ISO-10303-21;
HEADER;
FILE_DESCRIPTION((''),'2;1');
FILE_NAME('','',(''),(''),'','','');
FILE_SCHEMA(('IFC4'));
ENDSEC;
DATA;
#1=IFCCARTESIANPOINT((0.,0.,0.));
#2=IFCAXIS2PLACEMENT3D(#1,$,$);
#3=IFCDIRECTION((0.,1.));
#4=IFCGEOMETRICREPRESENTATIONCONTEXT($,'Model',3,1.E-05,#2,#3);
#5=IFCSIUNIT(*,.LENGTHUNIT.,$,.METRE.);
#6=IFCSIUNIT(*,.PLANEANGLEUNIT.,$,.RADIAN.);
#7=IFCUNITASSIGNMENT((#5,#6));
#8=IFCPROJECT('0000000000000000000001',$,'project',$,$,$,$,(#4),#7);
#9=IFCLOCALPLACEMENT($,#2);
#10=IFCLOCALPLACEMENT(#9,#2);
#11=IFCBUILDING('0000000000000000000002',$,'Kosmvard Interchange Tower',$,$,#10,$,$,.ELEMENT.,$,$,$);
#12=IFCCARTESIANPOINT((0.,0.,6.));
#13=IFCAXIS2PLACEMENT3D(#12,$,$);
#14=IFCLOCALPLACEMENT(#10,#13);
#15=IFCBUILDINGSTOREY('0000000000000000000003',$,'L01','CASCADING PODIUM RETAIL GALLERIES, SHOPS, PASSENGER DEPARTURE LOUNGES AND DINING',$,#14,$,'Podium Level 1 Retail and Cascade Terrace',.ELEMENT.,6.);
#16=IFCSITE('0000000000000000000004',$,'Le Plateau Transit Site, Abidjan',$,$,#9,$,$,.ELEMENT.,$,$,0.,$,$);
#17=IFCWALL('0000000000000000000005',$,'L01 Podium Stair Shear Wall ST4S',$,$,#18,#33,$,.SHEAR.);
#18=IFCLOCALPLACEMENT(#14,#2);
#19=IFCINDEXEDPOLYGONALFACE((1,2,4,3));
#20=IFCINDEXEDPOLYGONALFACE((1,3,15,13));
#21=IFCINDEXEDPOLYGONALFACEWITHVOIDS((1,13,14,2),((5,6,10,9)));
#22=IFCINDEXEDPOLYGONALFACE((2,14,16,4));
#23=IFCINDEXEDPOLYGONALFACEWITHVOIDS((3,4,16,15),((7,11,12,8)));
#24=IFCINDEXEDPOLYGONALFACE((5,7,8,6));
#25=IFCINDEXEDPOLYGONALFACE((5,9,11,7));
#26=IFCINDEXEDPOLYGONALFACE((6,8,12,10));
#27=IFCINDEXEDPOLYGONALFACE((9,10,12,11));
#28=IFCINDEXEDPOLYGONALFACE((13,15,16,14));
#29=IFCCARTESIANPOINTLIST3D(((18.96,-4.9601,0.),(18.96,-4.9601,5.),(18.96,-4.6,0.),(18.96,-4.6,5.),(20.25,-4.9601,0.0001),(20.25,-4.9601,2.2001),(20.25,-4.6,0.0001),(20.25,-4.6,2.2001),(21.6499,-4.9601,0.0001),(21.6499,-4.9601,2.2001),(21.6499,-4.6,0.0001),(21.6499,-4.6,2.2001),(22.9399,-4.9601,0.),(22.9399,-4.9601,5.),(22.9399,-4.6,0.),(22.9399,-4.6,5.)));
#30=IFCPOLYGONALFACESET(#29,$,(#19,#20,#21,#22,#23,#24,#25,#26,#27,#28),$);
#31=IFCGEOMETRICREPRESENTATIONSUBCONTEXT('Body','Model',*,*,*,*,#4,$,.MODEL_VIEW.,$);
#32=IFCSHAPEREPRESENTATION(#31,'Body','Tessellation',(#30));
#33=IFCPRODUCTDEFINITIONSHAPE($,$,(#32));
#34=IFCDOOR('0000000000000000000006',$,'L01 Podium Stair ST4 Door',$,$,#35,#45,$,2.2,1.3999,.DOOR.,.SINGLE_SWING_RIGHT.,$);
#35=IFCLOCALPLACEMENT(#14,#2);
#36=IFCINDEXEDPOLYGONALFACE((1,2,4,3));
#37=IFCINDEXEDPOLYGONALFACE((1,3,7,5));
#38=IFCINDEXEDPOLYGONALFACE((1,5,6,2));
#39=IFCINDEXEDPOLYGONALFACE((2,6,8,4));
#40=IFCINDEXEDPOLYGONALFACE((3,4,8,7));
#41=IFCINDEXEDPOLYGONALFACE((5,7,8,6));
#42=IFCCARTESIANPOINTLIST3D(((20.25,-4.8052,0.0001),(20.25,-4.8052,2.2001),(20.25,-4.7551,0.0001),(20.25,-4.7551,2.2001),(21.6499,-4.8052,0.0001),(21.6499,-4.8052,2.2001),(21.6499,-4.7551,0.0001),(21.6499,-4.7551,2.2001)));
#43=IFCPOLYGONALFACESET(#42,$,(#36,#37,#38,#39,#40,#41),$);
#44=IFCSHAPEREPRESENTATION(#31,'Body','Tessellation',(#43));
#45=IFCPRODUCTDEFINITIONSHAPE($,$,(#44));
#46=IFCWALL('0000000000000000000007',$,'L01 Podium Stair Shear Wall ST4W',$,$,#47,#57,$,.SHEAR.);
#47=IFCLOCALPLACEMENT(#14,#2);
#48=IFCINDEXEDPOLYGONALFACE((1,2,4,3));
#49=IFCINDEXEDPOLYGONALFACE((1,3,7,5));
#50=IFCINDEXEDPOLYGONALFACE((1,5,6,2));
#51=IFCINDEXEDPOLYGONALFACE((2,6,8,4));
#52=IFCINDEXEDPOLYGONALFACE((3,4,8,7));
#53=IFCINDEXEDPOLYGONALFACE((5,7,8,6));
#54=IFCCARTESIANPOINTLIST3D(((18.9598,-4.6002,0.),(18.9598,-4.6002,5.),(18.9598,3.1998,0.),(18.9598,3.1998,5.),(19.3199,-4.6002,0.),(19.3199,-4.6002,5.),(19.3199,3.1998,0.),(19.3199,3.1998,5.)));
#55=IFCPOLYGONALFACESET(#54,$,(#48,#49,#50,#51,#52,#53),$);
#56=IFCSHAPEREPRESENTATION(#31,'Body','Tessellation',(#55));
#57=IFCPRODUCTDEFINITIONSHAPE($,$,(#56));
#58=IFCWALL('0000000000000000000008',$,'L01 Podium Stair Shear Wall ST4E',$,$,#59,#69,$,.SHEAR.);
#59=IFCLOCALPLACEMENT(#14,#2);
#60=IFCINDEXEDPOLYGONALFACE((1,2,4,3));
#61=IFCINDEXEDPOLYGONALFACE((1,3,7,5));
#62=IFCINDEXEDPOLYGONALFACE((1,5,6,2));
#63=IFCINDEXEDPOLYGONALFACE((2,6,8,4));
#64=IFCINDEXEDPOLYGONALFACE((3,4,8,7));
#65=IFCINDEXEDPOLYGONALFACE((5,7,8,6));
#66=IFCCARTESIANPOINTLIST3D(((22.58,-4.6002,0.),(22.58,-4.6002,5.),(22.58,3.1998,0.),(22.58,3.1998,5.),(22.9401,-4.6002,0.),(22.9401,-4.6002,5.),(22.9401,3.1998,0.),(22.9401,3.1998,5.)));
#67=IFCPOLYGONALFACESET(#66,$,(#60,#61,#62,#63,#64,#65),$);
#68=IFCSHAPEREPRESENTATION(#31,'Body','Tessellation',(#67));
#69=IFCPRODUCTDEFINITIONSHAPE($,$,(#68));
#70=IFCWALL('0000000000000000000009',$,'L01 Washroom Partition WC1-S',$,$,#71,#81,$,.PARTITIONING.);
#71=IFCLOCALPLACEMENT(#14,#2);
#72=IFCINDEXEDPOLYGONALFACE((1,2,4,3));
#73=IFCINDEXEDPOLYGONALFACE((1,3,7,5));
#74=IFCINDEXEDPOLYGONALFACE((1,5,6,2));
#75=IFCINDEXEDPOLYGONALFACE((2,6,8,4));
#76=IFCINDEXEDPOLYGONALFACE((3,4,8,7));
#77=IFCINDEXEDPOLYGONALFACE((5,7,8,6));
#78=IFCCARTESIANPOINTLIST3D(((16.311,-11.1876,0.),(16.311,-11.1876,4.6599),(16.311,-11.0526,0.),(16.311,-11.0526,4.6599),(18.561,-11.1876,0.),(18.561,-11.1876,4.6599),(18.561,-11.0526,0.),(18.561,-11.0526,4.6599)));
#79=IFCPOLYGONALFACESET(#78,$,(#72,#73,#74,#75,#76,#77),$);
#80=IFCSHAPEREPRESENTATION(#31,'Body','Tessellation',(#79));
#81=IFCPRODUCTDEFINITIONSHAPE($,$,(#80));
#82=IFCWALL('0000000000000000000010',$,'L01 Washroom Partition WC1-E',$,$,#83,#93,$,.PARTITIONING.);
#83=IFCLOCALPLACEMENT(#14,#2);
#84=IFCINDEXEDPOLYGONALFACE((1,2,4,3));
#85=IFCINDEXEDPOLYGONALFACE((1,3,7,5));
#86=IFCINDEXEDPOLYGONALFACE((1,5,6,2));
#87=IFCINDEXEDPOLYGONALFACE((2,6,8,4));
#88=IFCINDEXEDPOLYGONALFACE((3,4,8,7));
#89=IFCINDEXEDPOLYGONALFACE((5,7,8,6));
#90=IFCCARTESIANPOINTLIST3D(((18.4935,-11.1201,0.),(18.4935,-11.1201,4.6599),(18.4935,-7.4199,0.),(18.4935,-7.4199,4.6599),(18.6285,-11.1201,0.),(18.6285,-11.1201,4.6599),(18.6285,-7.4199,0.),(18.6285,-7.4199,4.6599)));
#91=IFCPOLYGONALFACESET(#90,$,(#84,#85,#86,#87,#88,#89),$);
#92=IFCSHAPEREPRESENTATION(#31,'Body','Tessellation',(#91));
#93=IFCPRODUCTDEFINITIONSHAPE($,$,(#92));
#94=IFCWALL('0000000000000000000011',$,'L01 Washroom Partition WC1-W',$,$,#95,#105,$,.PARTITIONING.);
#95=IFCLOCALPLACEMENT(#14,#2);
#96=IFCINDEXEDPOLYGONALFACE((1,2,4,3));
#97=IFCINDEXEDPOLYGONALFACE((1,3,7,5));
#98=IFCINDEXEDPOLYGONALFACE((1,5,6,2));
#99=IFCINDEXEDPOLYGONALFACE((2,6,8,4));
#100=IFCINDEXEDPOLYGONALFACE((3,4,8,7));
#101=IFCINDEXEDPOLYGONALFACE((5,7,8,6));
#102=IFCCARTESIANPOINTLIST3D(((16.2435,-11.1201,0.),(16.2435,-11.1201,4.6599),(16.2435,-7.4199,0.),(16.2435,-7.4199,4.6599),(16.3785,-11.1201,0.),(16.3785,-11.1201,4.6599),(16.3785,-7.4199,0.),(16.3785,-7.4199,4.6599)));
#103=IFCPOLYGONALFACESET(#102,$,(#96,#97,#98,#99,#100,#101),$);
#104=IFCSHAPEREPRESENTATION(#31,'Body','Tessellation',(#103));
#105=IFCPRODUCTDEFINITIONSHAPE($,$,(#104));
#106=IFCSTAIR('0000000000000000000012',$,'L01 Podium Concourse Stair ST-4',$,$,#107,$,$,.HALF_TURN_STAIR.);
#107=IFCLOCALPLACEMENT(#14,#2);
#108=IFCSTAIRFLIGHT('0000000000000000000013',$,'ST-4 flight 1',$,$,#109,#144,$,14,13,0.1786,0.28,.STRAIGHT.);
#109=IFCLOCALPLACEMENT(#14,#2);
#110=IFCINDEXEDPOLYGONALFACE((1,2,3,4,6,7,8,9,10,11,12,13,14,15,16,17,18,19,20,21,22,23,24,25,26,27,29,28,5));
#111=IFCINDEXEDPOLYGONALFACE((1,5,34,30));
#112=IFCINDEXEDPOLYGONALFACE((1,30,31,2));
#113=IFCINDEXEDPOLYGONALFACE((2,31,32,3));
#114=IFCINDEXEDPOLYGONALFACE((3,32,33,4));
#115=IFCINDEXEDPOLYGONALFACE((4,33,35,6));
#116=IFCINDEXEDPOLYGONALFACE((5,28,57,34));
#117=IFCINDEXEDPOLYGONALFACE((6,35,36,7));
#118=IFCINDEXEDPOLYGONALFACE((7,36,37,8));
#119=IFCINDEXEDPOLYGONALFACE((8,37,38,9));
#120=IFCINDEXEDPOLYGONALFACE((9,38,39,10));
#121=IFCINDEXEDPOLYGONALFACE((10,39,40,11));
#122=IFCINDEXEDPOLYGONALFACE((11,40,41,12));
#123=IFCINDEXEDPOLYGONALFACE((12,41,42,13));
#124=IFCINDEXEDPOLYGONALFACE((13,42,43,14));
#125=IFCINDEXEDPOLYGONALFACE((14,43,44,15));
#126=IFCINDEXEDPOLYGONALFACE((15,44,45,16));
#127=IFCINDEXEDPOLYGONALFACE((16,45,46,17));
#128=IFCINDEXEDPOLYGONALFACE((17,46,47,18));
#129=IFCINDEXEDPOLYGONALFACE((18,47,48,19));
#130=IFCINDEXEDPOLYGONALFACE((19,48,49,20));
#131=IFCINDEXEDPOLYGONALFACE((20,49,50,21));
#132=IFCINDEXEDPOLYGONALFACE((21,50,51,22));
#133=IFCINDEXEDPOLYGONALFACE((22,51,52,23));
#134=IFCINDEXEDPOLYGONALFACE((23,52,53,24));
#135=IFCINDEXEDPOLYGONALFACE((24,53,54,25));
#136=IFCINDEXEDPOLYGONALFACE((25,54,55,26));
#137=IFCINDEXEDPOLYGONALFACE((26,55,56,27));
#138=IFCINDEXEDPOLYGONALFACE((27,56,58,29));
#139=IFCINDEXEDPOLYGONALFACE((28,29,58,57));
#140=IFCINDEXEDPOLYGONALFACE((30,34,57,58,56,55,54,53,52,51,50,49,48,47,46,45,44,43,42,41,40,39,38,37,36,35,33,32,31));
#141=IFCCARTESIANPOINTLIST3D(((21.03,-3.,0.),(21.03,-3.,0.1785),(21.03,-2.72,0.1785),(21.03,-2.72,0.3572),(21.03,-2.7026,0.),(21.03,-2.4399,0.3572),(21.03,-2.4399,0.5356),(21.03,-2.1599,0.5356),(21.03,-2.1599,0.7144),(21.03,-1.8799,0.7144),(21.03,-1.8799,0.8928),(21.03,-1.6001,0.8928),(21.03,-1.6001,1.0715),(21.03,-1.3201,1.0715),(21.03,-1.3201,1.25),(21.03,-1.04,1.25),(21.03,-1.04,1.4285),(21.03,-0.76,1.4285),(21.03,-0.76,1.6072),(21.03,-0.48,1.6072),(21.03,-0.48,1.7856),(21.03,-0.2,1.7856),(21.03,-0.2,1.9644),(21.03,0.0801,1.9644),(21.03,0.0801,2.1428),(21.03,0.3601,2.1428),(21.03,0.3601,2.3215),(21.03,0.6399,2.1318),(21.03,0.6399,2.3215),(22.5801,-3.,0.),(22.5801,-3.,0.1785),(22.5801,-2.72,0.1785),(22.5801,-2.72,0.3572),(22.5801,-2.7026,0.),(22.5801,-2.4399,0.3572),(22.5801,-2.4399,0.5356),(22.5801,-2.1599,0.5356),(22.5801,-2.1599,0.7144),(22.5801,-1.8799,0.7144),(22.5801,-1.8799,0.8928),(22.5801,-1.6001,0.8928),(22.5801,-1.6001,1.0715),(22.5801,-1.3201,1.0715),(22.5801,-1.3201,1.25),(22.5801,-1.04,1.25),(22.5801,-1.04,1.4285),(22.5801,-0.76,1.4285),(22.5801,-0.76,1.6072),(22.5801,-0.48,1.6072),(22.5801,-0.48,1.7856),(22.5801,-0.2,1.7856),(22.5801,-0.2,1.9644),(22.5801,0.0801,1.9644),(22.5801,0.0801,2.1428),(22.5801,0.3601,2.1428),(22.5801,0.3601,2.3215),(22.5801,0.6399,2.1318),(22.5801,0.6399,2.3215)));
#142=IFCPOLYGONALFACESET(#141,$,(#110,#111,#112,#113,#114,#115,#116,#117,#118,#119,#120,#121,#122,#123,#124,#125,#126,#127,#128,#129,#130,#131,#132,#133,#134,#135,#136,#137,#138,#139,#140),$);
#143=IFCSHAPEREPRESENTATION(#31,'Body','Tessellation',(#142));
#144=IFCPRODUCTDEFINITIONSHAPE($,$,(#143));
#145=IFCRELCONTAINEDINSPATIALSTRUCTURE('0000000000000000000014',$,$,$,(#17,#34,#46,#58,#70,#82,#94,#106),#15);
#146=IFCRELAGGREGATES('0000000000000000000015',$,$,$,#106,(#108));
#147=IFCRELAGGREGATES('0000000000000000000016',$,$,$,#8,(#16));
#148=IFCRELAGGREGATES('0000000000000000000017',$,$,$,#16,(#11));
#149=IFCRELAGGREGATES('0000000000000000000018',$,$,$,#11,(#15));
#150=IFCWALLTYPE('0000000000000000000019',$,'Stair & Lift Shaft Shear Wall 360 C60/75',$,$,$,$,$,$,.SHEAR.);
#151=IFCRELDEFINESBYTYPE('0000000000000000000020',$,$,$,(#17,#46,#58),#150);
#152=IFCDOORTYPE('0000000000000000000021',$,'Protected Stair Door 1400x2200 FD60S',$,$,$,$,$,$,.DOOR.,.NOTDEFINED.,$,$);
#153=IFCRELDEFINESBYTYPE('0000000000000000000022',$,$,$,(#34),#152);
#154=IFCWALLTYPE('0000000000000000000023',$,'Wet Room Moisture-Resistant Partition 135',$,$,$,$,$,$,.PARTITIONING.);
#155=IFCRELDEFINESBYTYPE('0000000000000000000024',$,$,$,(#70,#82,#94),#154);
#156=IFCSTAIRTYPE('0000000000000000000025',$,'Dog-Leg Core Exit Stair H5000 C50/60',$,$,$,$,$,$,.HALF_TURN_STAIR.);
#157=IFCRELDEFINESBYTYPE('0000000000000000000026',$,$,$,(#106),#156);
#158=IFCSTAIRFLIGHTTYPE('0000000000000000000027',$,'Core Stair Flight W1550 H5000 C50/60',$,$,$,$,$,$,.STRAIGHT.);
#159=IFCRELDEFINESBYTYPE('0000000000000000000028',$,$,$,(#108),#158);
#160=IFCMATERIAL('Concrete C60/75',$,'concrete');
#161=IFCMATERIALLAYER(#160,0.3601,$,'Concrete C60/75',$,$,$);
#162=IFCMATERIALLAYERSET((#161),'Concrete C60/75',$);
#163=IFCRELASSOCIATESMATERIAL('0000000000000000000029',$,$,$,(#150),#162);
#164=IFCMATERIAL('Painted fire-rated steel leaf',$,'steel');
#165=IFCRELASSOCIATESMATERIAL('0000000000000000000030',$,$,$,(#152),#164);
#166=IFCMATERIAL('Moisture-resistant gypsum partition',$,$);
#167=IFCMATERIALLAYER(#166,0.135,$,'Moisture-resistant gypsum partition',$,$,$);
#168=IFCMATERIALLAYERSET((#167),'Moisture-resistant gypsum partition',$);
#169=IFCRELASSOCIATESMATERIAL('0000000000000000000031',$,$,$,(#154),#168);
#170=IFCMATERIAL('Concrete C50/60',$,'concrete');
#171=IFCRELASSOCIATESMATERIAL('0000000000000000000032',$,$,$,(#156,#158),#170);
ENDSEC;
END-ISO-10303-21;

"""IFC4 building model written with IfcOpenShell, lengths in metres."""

from ifc_helpers import new_model, si_unit, direction, frame, frame_2d, origin, place, context, subcontext, project, spatial, polyline, rectangle, outline, extrude, source, transform, mapped, material, layer, layer_set, type_object, element, fill, aggregate, save


model = new_model("IFC4")

# Units and contexts
model_context = context("Model", 3, precision=1e-05, world=origin(), true_north=direction((0.0, 1.0)))
body_context = subcontext(model_context, "Body", "Model", "MODEL_VIEW")
ifc_project = project(units=[si_unit("LENGTHUNIT", "METRE"), si_unit("PLANEANGLEUNIT", "RADIAN")], contexts=[model_context])

# Site, building, storey
site_placement = place(None, origin())
site = spatial("IfcSite", under=ifc_project, at=site_placement, Name="Le Plateau Transit Site, Abidjan", CompositionType="ELEMENT", RefElevation=0.0)
building_placement = place(site_placement, origin())
building = spatial("IfcBuilding", under=site, at=building_placement, Name="Kosmvard Interchange Tower", CompositionType="ELEMENT")
storey_placement = place(building_placement, frame((0.0, 0.0, 6.0)))
storey = spatial("IfcBuildingStorey", under=building, at=storey_placement, Name="L01", Description="CASCADING PODIUM RETAIL GALLERIES, SHOPS, PASSENGER DEPARTURE LOUNGES AND DINING", LongName="Podium Level 1 Retail and Cascade Terrace", CompositionType="ELEMENT", Elevation=6.0)

# Shared definitions
ifc_material_1 = material(Name="Concrete C60/75", Category="concrete")

# Wall, opening, door
ifc_layer_1 = layer(ifc_material_1, 0.3601, Name="Concrete C60/75")
ifc_layer_set_1 = layer_set([ifc_layer_1], Name="Concrete C60/75")
wall_type_1 = type_object("IfcWallType", Name="Stair & Lift Shaft Shear Wall 360 C60/75", PredefinedType="SHEAR", material=ifc_layer_set_1)
wall_1_placement = place(storey_placement, frame((18.96, -4.78, 0.0), z_axis=(0.0, 0.0, 1.0), x_axis=(1.0, 0.0, 0.0)))
wall_1 = element("IfcWall", 1, at=wall_1_placement, inside=storey, type_object=wall_type_1, Name="L01 Podium Stair Shear Wall ST4S", PredefinedType="SHEAR", context=body_context, shape_type="SweptSolid", body=[
    extrude(rectangle(XDim=3.98, YDim=0.3601, at=frame_2d((1.99, 0.0))), origin(), (0.0, 0.0, 1.0), 5.0),
])
opening_1_placement = place(wall_1_placement, frame((1.29, 0.0, 0.0)))
opening_1 = element("IfcOpeningElement", 2, at=opening_1_placement, cuts=wall_1, PredefinedType="OPENING", context=body_context, shape_type="SweptSolid", body=[
    extrude(rectangle(XDim=1.3999, YDim=2.2, at=frame_2d((0.7, 1.1001))), frame((0.0, 0.1899, 0.0), z_axis=(0.0, -1.0, 0.0), x_axis=(1.0, 0.0, 0.0)), (0.0, 0.0, 1.0), 0.3801),
])
ifc_material_2 = material(Name="Painted fire-rated steel leaf", Category="steel")
door_type_1 = type_object("IfcDoorType", Name="Protected Stair Door 1400x2200 FD60S", OperationType="NOTDEFINED", PredefinedType="DOOR", material=ifc_material_2)
shared_shape_1 = source(origin(), body_context, "Body", "SweptSolid", [
    extrude(rectangle(XDim=1.3999, YDim=2.2, at=frame_2d((0.7, 1.1001))), frame((0.0, 0.0249, 0.0), z_axis=(0.0, -1.0, 0.0), x_axis=(1.0, 0.0, 0.0)), (0.0, 0.0, 1.0), 0.05),
])
door_1_placement = place(opening_1_placement, origin())
door_1 = element("IfcDoor", 3, at=door_1_placement, inside=storey, type_object=door_type_1, Name="L01 Podium Stair ST4 Door", OperationType="SINGLE_SWING_RIGHT", OverallHeight=2.2, OverallWidth=1.3999, PredefinedType="DOOR", context=body_context, shape_type="MappedRepresentation", body=[
    mapped(shared_shape_1, transform((0.0, 0.0, 0.0), scale=1.0)),
])
fill(opening_1, door_1)

# Walls
for number, where, z_axis, x_axis, name in (
    (4, (19.1399, -4.6001, 0.0), (0.0, 0.0, 1.0), (0.0, 1.0, 0.0), "L01 Podium Stair Shear Wall ST4W"),
    (5, (22.76, -4.6001, 0.0), (0.0, 0.0, 1.0), (0.0, 1.0, 0.0), "L01 Podium Stair Shear Wall ST4E"),
):
    element("IfcWall", number, at=place(storey_placement, frame(where, z_axis=z_axis, x_axis=x_axis)), inside=storey, type_object=wall_type_1, Name=name, PredefinedType="SHEAR", context=body_context, shape_type="SweptSolid", body=[
        extrude(rectangle(XDim=7.8, YDim=0.3601, at=frame_2d((3.8999, 0.0))), origin(), (0.0, 0.0, 1.0), 5.0),
    ])
ifc_material_3 = material(Name="Moisture-resistant gypsum partition")
ifc_layer_2 = layer(ifc_material_3, 0.135, Name="Moisture-resistant gypsum partition")
ifc_layer_set_2 = layer_set([ifc_layer_2], Name="Moisture-resistant gypsum partition")
wall_type_2 = type_object("IfcWallType", Name="Wet Room Moisture-Resistant Partition 135", PredefinedType="PARTITIONING", material=ifc_layer_set_2)
wall_2_placement = place(storey_placement, frame((16.311, -11.1201, 0.0), z_axis=(0.0, 0.0, 1.0), x_axis=(1.0, 0.0, 0.0)))
element("IfcWall", 6, at=wall_2_placement, inside=storey, type_object=wall_type_2, Name="L01 Washroom Partition WC1-S", PredefinedType="PARTITIONING", context=body_context, shape_type="SweptSolid", body=[
    extrude(rectangle(XDim=2.25, YDim=0.135, at=frame_2d((1.125, 0.0))), origin(), (0.0, 0.0, 1.0), 4.6599),
])
for number, where, z_axis, x_axis, name in (
    (7, (18.561, -11.1201, 0.0), (0.0, 0.0, 1.0), (0.0, 1.0, 0.0), "L01 Washroom Partition WC1-E"),
    (8, (16.311, -11.1201, 0.0), (0.0, 0.0, 1.0), (0.0, 1.0, 0.0), "L01 Washroom Partition WC1-W"),
):
    element("IfcWall", number, at=place(storey_placement, frame(where, z_axis=z_axis, x_axis=x_axis)), inside=storey, type_object=wall_type_2, Name=name, PredefinedType="PARTITIONING", context=body_context, shape_type="SweptSolid", body=[
        extrude(rectangle(XDim=3.7002, YDim=0.135, at=frame_2d((1.8501, 0.0))), origin(), (0.0, 0.0, 1.0), 4.6599),
    ])

# Stair, stair flight
ifc_material_4 = material(Name="Concrete C50/60", Category="concrete")
stair_type = type_object("IfcStairType", Name="Dog-Leg Core Exit Stair H5000 C50/60", PredefinedType="HALF_TURN_STAIR", material=ifc_material_4)
stair_placement = place(storey_placement, origin())
stair = element("IfcStair", 9, at=stair_placement, inside=storey, type_object=stair_type, Name="L01 Podium Concourse Stair ST-4", PredefinedType="HALF_TURN_STAIR")
stair_flight_type = type_object("IfcStairFlightType", Name="Core Stair Flight W1550 H5000 C50/60", PredefinedType="STRAIGHT", material=ifc_material_4)
shared_shape_2 = source(origin(), body_context, "Body", "SweptSolid", [
    extrude(outline(polyline([(0.0, 0.0), (0.0, 0.1785), (0.28, 0.1785), (0.28, 0.3572), (0.5601, 0.3572), (0.5601, 0.5356), (0.8401, 0.5356), (0.8401, 0.7144), (1.1201, 0.7144), (1.1201, 0.8928), (1.3999, 0.8928), (1.3999, 1.0715), (1.6799, 1.0715), (1.6799, 1.25), (1.96, 1.25), (1.96, 1.4285), (2.24, 1.4285), (2.24, 1.6072), (2.52, 1.6072), (2.52, 1.7856), (2.8, 1.7856), (2.8, 1.9644), (3.0801, 1.9644), (3.0801, 2.1428), (3.3601, 2.1428), (3.3601, 2.3215), (3.6399, 2.3215), (3.6399, 2.5), (3.6399, 2.1318), (0.2974, 0.0), (0.0, 0.0)])), frame((0.0, 0.7749, 0.0), z_axis=(0.0, -1.0, 0.0), x_axis=(1.0, 0.0, 0.0)), (0.0, 0.0, 1.0), 1.55),
])
stair_flight_placement = place(storey_placement, frame((21.8049, -3.0, 0.0), z_axis=(0.0, 0.0, 1.0), x_axis=(0.0, 1.0, 0.0)))
stair_flight = element("IfcStairFlight", 10, at=stair_flight_placement, type_object=stair_flight_type, Name="ST-4 flight 1", NumberOfRisers=14, NumberOfTreads=13, PredefinedType="STRAIGHT", RiserHeight=0.1786, TreadLength=0.28, context=body_context, shape_type="MappedRepresentation", body=[
    mapped(shared_shape_2, transform((0.0, 0.0, 0.0), scale=1.0)),
])
aggregate(stair, [stair_flight])

save(model, "model.ifc")
